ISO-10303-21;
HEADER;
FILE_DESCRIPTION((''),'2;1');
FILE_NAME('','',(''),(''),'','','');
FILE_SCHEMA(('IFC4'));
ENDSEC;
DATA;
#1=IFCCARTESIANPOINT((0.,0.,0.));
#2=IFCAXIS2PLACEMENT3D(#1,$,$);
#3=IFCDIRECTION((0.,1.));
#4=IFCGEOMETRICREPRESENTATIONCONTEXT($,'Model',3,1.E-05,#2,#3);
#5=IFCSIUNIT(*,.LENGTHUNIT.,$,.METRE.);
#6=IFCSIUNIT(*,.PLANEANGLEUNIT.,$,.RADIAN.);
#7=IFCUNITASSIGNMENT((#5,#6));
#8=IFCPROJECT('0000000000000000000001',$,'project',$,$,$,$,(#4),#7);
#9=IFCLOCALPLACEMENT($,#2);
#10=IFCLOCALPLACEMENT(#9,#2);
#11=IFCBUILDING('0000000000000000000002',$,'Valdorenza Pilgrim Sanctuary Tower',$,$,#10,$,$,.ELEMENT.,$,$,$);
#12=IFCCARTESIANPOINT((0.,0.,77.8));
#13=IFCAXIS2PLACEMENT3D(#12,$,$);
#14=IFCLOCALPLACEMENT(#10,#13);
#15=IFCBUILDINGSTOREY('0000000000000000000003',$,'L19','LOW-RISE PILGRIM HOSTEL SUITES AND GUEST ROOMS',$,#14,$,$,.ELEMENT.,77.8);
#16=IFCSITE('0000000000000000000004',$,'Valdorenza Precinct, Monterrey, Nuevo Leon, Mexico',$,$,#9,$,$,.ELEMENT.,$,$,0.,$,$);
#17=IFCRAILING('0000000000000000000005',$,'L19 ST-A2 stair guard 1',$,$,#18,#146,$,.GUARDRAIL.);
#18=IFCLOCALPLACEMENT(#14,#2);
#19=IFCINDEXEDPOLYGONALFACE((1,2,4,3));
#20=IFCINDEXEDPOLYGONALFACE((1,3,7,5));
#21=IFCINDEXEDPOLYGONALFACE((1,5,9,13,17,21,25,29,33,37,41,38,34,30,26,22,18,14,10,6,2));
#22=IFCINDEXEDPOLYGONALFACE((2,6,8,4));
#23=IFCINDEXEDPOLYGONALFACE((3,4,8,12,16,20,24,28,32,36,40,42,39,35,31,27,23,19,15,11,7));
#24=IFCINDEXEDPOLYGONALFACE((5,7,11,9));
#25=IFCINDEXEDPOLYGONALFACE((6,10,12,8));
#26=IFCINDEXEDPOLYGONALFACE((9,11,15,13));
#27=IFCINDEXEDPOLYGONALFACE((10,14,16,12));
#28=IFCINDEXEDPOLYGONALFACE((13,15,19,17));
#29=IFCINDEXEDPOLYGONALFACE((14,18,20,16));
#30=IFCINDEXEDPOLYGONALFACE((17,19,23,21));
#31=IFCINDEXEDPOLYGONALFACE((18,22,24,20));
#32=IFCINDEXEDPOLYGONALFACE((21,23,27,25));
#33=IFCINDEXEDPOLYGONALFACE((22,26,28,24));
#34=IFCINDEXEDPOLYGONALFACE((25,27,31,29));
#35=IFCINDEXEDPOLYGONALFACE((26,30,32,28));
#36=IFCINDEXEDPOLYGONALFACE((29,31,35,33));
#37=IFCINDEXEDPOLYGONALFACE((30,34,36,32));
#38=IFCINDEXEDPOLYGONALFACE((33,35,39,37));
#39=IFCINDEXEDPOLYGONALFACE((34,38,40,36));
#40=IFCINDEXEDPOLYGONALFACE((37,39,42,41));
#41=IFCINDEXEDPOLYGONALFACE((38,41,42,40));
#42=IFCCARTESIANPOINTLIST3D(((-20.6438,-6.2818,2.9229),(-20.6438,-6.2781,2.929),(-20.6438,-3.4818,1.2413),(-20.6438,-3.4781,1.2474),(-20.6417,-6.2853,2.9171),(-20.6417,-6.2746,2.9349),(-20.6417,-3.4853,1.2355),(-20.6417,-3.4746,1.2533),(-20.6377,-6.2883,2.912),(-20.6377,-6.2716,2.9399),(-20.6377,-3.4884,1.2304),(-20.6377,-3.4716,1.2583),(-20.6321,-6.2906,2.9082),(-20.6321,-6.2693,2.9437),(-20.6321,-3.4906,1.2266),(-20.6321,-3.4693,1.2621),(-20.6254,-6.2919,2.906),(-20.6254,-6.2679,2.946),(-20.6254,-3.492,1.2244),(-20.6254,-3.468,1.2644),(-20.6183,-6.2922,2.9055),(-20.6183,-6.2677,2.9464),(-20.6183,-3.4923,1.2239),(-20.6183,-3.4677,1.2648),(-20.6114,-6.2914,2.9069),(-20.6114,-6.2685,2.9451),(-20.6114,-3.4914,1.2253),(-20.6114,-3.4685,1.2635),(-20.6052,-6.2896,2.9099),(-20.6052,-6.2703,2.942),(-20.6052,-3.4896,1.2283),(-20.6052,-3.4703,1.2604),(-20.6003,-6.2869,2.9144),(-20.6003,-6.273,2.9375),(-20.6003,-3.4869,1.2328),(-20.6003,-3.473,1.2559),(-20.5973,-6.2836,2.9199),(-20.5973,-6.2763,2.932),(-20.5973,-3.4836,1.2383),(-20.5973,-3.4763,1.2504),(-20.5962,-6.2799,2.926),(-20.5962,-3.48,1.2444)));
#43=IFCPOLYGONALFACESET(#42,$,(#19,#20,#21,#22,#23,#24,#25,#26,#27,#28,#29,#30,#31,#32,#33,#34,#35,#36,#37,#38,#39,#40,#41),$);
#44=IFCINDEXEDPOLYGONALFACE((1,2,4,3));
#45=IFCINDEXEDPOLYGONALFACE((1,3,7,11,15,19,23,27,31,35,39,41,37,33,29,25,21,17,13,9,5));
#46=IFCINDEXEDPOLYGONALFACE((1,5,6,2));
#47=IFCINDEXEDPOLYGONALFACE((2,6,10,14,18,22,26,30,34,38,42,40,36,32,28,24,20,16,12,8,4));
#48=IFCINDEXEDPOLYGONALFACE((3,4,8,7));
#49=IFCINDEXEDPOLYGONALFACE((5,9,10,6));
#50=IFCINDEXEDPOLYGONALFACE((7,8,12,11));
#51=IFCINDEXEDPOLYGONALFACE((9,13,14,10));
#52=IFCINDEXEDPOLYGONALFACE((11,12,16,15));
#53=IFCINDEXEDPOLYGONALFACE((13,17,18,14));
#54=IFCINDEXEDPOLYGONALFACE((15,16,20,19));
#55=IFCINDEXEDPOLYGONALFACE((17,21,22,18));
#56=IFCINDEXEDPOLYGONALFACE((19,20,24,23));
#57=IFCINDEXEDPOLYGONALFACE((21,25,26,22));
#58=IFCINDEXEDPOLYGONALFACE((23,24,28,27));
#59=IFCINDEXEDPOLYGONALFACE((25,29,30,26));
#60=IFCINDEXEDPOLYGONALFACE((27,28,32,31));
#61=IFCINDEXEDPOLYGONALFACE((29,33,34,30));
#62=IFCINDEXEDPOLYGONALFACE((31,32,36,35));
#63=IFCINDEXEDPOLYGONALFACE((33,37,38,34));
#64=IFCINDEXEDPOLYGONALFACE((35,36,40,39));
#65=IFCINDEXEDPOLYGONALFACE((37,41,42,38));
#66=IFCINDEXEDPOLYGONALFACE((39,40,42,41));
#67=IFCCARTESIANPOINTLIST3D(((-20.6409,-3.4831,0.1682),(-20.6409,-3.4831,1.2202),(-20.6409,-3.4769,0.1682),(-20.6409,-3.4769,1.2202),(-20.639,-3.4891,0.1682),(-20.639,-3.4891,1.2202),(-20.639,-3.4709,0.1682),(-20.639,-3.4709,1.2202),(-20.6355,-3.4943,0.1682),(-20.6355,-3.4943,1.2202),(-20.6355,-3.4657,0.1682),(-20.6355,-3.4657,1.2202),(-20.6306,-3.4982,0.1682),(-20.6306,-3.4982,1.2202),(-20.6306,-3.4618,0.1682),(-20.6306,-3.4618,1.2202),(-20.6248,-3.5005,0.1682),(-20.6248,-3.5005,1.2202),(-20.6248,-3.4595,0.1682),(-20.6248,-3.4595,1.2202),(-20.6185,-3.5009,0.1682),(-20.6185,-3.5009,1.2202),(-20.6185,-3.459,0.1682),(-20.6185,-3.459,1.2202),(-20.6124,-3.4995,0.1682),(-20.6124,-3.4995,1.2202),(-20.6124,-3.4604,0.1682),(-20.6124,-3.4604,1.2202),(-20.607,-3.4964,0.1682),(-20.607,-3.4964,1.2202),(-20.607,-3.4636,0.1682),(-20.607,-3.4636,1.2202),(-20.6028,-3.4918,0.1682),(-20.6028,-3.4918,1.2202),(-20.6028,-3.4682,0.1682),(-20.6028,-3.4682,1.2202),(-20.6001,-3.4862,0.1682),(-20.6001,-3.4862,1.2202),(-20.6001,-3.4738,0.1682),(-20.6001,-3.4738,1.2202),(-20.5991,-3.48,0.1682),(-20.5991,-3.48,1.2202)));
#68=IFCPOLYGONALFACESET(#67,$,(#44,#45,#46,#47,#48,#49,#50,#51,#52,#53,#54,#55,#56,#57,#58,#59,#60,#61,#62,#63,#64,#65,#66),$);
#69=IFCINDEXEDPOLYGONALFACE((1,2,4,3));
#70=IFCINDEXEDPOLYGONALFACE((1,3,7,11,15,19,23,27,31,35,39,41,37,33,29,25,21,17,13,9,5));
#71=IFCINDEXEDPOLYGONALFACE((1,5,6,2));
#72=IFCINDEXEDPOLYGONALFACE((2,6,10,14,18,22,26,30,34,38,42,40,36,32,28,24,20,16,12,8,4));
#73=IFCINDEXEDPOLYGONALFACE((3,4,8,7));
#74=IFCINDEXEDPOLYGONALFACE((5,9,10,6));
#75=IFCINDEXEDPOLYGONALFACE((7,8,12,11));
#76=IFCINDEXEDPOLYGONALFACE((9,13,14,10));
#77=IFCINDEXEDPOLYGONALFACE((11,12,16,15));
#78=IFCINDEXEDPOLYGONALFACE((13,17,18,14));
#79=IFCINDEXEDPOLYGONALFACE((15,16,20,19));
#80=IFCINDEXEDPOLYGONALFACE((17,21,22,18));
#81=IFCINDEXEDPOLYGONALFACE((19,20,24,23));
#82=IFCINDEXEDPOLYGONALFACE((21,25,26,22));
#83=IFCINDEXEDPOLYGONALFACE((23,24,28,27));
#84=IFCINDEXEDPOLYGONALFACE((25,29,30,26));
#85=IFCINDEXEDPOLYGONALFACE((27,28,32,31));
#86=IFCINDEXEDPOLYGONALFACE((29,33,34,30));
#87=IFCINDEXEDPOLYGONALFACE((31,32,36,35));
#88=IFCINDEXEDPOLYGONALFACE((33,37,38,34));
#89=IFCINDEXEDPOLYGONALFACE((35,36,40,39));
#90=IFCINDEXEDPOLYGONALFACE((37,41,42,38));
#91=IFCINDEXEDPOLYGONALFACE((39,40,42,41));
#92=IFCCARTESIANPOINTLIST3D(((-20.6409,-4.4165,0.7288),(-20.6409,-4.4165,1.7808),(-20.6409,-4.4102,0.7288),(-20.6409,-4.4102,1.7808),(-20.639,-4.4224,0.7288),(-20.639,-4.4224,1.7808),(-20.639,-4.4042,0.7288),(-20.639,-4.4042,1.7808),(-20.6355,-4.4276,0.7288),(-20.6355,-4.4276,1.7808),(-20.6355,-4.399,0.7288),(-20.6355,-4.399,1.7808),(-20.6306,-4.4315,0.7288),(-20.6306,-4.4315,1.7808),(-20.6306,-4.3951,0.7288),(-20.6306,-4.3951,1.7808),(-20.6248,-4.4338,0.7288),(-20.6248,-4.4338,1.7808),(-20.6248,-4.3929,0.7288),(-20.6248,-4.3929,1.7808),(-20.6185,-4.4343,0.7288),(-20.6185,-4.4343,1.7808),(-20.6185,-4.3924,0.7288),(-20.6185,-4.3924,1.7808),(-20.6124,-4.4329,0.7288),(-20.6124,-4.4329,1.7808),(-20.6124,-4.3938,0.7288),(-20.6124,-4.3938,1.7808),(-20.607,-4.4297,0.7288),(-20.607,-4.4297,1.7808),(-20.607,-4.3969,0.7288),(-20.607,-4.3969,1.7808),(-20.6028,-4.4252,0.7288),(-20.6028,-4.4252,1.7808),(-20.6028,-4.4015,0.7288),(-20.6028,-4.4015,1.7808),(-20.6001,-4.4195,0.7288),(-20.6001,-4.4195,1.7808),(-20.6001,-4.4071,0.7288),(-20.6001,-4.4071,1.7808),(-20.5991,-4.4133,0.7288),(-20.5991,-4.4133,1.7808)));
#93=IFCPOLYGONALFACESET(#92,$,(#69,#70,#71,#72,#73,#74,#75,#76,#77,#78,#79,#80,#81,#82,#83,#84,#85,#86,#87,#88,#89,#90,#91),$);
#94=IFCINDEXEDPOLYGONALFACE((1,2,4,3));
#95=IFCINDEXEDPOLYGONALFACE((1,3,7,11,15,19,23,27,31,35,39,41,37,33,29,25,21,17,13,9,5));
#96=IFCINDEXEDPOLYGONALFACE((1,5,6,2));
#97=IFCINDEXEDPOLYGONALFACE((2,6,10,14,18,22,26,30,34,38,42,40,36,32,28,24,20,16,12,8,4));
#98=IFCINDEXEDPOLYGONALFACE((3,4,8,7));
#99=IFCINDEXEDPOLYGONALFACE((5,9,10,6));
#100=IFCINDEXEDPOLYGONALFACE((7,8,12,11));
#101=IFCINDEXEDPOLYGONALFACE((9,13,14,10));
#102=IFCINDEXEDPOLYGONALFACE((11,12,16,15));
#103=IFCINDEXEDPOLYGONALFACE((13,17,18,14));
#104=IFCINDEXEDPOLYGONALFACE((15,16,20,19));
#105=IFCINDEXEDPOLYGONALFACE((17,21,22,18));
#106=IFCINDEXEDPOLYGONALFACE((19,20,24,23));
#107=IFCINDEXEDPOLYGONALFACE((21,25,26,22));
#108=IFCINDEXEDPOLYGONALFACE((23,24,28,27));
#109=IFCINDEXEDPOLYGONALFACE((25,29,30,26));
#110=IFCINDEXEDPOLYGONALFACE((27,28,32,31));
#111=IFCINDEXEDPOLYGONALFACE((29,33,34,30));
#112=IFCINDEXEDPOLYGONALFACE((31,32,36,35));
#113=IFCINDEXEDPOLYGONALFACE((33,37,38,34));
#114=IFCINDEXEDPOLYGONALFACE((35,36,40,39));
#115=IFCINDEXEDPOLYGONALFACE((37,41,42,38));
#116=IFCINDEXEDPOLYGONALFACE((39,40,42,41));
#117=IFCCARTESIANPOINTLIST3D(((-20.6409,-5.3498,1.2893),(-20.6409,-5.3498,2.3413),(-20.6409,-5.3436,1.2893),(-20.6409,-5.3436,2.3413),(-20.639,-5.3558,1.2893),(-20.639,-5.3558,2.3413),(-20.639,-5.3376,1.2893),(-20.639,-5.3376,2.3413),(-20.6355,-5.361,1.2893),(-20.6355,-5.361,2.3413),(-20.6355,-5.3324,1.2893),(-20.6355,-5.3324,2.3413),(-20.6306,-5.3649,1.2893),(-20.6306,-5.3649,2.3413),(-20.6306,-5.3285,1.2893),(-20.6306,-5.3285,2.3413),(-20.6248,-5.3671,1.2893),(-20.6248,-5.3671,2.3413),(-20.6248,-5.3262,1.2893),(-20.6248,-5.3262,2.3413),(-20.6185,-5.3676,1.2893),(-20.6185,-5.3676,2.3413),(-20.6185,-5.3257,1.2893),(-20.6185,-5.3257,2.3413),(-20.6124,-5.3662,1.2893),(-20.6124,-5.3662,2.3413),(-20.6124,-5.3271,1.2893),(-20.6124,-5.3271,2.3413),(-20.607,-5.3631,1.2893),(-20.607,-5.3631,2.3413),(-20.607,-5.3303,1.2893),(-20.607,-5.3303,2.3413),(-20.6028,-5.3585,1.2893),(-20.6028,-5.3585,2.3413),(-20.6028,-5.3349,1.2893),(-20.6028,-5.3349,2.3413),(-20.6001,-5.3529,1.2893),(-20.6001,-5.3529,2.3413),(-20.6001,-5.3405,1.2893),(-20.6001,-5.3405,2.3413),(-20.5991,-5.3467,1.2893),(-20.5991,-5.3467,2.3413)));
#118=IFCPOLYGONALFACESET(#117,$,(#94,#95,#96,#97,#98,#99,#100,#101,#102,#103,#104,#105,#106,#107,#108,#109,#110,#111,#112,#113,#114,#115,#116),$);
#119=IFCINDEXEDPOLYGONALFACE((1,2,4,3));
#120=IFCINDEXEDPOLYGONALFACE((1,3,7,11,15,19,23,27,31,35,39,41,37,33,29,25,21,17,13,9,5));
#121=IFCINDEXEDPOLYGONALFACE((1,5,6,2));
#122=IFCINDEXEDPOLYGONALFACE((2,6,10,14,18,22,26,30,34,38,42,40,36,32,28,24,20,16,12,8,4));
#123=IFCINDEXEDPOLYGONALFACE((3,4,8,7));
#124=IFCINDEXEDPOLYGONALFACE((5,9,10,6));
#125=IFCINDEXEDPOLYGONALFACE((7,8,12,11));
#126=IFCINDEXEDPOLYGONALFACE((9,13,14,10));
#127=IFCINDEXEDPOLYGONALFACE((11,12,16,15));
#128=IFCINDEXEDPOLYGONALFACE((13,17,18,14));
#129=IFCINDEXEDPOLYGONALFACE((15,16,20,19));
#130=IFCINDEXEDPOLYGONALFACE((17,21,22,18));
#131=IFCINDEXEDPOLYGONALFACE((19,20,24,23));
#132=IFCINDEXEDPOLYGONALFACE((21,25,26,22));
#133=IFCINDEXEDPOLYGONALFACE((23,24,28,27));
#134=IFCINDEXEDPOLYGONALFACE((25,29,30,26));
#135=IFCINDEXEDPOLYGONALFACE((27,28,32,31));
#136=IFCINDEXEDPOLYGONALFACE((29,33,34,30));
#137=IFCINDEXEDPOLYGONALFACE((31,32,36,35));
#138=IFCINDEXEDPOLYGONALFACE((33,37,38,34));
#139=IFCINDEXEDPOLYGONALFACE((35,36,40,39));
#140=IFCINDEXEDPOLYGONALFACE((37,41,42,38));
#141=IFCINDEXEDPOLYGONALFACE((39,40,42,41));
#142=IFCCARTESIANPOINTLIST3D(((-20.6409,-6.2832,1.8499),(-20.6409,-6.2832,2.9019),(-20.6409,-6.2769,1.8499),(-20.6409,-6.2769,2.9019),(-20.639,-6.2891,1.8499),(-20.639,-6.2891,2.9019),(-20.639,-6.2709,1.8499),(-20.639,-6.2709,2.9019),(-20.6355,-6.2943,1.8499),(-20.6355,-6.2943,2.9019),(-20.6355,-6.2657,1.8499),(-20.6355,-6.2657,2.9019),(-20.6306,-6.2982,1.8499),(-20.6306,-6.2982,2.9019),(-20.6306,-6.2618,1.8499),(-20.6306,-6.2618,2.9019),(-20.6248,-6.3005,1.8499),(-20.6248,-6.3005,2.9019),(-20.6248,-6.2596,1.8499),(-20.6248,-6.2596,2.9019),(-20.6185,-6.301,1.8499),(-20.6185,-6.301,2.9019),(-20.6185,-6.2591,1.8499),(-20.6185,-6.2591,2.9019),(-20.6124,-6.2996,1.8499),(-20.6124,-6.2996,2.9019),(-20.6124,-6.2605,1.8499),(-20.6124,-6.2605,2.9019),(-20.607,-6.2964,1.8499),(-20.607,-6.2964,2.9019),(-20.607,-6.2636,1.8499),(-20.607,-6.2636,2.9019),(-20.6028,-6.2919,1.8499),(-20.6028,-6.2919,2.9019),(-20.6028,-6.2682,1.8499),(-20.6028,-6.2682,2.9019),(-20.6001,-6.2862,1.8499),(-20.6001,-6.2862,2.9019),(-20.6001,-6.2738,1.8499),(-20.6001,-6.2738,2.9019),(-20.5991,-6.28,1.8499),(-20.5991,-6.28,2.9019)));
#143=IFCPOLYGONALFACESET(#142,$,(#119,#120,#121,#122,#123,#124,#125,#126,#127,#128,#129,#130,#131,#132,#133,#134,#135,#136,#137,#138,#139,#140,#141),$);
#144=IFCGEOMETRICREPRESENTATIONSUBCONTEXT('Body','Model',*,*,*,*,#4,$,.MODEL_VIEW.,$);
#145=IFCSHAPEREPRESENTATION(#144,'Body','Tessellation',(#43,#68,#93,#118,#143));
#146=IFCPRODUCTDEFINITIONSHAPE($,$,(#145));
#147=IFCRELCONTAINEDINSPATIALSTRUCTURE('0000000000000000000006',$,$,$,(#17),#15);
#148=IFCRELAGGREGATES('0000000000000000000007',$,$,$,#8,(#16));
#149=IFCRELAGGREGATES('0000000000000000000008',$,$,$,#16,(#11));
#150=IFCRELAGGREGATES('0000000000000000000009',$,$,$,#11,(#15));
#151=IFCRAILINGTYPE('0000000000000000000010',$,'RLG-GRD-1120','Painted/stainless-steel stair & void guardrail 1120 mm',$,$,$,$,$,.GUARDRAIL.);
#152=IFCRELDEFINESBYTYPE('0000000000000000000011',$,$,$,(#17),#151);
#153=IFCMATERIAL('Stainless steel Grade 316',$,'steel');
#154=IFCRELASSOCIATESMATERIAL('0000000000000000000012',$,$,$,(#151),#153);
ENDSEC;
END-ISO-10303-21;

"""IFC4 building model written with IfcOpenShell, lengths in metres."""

from ifc_helpers import new_model, si_unit, direction, frame, origin, origin_2d, place, context, subcontext, project, spatial, circle, extrude, material, type_object, element, save


model = new_model("IFC4")

# Units and contexts
model_context = context("Model", 3, precision=1e-05, world=origin(), true_north=direction((0.0, 1.0)))
body_context = subcontext(model_context, "Body", "Model", "MODEL_VIEW")
ifc_project = project(units=[si_unit("LENGTHUNIT", "METRE"), si_unit("PLANEANGLEUNIT", "RADIAN")], contexts=[model_context])

# Site, building, storey
site_placement = place(None, origin())
site = spatial("IfcSite", under=ifc_project, at=site_placement, Name="Valdorenza Precinct, Monterrey, Nuevo Leon, Mexico", CompositionType="ELEMENT", RefElevation=0.0)
building_placement = place(site_placement, origin())
building = spatial("IfcBuilding", under=site, at=building_placement, Name="Valdorenza Pilgrim Sanctuary Tower", CompositionType="ELEMENT")
storey_placement = place(building_placement, frame((0.0, 0.0, 77.8)))
storey = spatial("IfcBuildingStorey", under=building, at=storey_placement, Name="L19", Description="LOW-RISE PILGRIM HOSTEL SUITES AND GUEST ROOMS", CompositionType="ELEMENT", Elevation=77.8)

# Railing
ifc_material_1 = material(Name="Stainless steel Grade 316", Category="steel")
railing_type_1 = type_object("IfcRailingType", Name="RLG-GRD-1120", Description="Painted/stainless-steel stair & void guardrail 1120 mm", PredefinedType="GUARDRAIL", material=ifc_material_1)
railing_1_placement = place(storey_placement, frame((-20.6201, -3.48, 0.1682)))
element("IfcRailing", 1, at=railing_1_placement, inside=storey, type_object=railing_type_1, Name="L19 ST-A2 stair guard 1", PredefinedType="GUARDRAIL", context=body_context, shape_type="SweptSolid", body=[
    extrude(circle(Radius=0.0239, at=origin_2d()), frame((0.0, 0.0, 1.0762), z_axis=(0.0, -0.857275, 0.514858), x_axis=(1.0, 0.0, 0.0)), (0.0, 0.0, 1.0), 3.2661),
    extrude(circle(Radius=0.021, at=origin_2d()), origin(), (0.0, 0.0, 1.0), 1.052),
    extrude(circle(Radius=0.021, at=origin_2d()), frame((0.0, -0.9333, 0.5605)), (0.0, 0.0, 1.0), 1.052),
    extrude(circle(Radius=0.021, at=origin_2d()), frame((0.0, -1.8667, 1.1211)), (0.0, 0.0, 1.0), 1.052),
    extrude(circle(Radius=0.021, at=origin_2d()), frame((0.0, -2.8, 1.6816)), (0.0, 0.0, 1.0), 1.052),
])

save(model, "model.ifc")
